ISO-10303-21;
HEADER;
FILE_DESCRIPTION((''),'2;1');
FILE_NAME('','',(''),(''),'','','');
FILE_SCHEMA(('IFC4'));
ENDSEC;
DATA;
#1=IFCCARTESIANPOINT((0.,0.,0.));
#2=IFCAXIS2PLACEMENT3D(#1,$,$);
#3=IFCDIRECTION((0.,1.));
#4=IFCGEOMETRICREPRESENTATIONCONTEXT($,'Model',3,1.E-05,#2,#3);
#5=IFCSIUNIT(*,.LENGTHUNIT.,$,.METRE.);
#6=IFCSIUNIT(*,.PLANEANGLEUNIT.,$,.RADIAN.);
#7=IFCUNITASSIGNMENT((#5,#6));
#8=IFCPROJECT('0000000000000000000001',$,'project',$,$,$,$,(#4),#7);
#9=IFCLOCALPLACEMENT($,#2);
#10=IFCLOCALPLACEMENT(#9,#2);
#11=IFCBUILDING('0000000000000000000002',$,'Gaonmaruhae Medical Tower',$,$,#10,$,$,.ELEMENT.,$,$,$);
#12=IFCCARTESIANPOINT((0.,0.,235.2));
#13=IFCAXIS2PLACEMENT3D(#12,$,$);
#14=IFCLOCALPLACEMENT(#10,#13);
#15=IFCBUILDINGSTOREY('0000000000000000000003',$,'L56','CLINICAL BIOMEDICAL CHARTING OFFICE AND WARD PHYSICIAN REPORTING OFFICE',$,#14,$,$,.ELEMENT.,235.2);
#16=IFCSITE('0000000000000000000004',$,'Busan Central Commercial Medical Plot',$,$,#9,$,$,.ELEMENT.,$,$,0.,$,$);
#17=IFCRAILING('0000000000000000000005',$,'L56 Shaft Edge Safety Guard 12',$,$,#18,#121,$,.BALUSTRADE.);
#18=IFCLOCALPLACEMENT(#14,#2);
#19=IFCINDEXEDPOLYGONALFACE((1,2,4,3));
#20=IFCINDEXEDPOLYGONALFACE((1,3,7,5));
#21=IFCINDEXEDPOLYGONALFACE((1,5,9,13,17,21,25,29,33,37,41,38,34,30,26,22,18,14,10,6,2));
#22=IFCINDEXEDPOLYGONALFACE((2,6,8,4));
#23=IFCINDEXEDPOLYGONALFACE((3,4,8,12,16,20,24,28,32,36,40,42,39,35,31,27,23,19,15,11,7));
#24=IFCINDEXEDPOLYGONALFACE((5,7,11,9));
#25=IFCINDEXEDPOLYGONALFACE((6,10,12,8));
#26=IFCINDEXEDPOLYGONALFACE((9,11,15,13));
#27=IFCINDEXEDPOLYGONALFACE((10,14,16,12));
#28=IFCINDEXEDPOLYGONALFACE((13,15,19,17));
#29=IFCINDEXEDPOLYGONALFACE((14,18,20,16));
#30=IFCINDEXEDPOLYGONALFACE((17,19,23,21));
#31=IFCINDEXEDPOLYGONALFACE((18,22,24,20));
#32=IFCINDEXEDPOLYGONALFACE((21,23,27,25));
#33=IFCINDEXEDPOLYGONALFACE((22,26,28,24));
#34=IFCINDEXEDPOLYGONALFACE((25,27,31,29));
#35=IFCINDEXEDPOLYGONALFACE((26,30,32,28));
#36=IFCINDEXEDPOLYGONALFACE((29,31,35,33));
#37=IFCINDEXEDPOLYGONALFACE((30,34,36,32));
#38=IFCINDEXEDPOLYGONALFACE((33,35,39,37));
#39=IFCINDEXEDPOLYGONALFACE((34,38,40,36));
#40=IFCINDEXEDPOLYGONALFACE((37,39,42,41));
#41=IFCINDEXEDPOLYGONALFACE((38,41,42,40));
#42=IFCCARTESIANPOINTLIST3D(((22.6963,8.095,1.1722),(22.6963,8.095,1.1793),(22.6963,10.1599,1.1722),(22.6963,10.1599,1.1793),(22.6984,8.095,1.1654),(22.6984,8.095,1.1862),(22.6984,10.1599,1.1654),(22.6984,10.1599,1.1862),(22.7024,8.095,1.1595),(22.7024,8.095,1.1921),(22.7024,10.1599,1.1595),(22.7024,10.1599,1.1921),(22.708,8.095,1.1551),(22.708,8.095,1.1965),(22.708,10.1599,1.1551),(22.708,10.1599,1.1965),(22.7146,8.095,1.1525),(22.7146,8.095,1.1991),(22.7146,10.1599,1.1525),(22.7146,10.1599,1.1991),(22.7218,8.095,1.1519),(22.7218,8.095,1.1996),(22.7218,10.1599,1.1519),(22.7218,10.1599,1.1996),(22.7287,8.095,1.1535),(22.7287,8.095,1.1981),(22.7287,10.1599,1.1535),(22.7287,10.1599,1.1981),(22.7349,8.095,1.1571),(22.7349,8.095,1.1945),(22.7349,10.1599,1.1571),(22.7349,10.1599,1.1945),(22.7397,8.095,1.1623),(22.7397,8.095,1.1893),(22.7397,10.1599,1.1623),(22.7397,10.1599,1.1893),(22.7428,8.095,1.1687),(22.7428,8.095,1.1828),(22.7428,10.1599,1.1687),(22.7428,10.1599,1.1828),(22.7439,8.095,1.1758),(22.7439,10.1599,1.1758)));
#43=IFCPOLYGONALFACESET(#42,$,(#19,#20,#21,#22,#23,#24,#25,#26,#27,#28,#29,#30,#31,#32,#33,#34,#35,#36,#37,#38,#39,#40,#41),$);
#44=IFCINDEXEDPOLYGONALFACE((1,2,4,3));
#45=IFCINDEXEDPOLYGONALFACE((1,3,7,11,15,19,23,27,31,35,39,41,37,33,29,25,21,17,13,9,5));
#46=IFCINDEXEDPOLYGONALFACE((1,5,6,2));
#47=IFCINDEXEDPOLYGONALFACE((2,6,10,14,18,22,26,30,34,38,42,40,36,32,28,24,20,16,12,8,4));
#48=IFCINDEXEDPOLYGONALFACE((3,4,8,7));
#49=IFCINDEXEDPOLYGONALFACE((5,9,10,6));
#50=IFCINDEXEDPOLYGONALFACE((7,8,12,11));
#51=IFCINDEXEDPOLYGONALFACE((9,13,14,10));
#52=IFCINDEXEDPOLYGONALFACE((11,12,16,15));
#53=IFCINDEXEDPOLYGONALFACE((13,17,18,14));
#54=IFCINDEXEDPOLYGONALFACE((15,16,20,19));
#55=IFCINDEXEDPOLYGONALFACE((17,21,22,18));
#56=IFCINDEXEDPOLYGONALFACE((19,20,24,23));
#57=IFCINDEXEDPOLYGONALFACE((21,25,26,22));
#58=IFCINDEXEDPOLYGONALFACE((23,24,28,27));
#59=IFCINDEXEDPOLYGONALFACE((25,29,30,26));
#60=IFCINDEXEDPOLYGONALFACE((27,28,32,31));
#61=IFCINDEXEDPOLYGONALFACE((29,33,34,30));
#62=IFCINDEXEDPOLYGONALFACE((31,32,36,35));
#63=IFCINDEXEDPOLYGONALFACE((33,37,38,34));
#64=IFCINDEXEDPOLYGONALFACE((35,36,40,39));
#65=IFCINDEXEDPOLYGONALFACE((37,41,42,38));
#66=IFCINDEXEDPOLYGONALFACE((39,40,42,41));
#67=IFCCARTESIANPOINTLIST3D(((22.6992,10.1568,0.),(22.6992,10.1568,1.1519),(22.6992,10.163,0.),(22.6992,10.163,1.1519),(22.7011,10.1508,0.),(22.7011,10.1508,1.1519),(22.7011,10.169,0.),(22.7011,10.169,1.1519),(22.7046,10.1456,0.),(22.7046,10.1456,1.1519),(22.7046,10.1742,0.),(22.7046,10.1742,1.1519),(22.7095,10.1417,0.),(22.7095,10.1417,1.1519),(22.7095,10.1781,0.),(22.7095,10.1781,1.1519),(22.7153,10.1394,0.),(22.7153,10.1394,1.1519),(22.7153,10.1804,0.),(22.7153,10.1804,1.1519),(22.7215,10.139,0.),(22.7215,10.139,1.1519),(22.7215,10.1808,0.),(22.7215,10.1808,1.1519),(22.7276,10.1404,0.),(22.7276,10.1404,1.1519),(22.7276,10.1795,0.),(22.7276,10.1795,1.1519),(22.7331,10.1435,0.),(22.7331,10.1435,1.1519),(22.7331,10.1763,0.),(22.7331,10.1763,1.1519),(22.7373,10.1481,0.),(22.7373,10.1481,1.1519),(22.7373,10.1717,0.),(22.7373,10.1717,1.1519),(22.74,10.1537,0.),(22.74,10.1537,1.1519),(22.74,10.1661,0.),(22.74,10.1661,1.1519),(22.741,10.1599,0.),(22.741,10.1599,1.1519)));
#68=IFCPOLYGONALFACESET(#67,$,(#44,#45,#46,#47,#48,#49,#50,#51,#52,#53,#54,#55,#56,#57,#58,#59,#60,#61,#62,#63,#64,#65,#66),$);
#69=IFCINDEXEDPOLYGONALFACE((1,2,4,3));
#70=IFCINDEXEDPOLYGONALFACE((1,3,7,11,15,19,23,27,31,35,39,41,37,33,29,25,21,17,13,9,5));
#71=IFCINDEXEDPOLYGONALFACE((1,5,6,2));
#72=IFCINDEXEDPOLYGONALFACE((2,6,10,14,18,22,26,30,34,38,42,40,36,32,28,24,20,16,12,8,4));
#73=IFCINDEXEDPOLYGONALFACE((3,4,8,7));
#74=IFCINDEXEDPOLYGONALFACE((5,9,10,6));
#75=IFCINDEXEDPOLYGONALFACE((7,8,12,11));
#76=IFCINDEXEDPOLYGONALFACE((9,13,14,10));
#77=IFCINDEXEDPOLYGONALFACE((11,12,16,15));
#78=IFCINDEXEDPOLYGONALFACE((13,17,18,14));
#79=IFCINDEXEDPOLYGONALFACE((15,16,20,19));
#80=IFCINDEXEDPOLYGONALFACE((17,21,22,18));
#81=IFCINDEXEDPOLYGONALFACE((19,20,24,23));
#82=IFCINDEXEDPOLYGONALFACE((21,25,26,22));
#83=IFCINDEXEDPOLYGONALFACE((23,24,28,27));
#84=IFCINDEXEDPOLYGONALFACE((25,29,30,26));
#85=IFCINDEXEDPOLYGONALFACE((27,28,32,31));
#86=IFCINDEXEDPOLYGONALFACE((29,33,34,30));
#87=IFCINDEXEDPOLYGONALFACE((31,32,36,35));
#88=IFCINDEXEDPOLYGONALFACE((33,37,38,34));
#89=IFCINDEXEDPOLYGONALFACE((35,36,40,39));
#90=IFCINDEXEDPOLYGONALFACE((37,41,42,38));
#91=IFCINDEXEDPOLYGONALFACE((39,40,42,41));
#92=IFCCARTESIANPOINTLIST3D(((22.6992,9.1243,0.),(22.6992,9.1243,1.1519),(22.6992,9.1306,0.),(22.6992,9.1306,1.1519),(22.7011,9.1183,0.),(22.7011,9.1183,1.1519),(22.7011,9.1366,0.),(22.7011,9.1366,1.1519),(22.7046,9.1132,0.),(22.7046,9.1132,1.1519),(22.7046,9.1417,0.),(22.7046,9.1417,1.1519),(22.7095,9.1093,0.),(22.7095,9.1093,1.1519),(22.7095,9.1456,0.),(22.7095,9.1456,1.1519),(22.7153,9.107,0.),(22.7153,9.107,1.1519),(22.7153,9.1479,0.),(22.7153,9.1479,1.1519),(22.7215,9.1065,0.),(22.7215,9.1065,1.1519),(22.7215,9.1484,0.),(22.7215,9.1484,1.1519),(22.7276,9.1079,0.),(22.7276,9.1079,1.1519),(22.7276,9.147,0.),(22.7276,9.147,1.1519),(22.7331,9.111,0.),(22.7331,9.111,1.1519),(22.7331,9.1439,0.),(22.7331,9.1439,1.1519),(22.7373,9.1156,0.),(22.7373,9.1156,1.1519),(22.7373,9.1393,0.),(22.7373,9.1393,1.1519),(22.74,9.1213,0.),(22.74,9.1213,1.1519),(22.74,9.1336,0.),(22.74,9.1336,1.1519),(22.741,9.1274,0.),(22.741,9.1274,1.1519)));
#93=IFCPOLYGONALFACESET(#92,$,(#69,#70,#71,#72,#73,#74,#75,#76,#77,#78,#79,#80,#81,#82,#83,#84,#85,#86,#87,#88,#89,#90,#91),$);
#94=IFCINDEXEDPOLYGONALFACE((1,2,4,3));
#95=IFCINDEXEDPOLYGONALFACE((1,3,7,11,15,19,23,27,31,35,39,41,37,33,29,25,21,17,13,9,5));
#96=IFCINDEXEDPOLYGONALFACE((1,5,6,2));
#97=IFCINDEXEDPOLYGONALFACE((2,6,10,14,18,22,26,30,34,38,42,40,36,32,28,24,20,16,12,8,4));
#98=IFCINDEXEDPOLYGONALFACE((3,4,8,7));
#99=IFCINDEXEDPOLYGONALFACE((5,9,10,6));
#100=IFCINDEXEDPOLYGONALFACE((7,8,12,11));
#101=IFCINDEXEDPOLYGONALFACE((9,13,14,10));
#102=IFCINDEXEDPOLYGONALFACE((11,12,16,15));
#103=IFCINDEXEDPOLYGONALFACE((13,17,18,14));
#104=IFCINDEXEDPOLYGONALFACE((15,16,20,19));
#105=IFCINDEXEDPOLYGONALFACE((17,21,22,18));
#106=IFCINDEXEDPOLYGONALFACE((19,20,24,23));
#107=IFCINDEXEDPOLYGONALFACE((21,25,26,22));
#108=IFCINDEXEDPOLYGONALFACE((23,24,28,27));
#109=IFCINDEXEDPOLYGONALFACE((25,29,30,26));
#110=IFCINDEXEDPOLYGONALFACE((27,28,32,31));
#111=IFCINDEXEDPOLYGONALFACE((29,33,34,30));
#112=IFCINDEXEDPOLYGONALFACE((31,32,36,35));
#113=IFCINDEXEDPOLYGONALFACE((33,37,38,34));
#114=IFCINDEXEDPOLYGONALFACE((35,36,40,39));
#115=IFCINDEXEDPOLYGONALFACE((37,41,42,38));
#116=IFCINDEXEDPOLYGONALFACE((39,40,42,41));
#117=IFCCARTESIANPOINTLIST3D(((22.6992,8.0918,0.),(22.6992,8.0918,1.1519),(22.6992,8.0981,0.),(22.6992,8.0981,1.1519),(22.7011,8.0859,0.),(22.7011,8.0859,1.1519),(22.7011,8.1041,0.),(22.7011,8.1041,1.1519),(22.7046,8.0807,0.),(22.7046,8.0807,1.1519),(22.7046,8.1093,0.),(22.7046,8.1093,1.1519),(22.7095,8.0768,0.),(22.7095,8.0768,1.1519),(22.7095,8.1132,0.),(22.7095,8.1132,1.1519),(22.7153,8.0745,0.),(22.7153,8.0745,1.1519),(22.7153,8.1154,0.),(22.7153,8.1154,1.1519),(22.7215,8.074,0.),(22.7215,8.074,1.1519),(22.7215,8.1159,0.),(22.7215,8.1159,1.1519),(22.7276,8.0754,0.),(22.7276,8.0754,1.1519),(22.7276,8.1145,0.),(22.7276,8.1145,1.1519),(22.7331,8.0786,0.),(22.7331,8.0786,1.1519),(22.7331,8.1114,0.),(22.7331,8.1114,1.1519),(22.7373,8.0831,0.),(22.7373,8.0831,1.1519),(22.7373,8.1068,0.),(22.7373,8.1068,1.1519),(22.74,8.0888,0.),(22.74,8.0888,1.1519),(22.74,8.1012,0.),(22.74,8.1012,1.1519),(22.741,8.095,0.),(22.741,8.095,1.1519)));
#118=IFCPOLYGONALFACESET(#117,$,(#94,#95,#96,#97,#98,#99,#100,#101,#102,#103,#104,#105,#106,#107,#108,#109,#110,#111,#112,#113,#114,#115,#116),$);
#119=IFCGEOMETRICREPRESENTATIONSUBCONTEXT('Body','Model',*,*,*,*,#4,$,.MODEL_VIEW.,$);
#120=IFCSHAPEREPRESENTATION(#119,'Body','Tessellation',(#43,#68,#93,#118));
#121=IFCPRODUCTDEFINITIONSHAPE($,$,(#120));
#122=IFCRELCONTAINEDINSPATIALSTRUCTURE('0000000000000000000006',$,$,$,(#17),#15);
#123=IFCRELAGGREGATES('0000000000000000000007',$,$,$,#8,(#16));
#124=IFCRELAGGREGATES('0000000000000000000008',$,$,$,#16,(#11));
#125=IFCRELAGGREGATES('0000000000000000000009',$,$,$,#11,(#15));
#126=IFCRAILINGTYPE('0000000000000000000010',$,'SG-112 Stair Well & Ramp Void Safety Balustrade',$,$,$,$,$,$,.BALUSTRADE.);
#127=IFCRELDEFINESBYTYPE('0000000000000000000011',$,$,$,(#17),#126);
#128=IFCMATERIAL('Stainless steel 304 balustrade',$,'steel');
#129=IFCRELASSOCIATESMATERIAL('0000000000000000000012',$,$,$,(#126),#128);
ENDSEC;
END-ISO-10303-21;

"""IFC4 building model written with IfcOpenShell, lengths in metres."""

from ifc_helpers import new_model, si_unit, direction, frame, origin, origin_2d, place, context, subcontext, project, spatial, circle, extrude, material, type_object, element, save


model = new_model("IFC4")

# Units and contexts
model_context = context("Model", 3, precision=1e-05, world=origin(), true_north=direction((0.0, 1.0)))
body_context = subcontext(model_context, "Body", "Model", "MODEL_VIEW")
ifc_project = project(units=[si_unit("LENGTHUNIT", "METRE"), si_unit("PLANEANGLEUNIT", "RADIAN")], contexts=[model_context])

# Site, building, storey
site_placement = place(None, origin())
site = spatial("IfcSite", under=ifc_project, at=site_placement, Name="Busan Central Commercial Medical Plot", CompositionType="ELEMENT", RefElevation=0.0)
building_placement = place(site_placement, origin())
building = spatial("IfcBuilding", under=site, at=building_placement, Name="Gaonmaruhae Medical Tower", CompositionType="ELEMENT")
storey_placement = place(building_placement, frame((0.0, 0.0, 235.2)))
storey = spatial("IfcBuildingStorey", under=building, at=storey_placement, Name="L56", Description="CLINICAL BIOMEDICAL CHARTING OFFICE AND WARD PHYSICIAN REPORTING OFFICE", CompositionType="ELEMENT", Elevation=235.2)

# Railing
ifc_material_1 = material(Name="Stainless steel 304 balustrade", Category="steel")
railing_type_1 = type_object("IfcRailingType", Name="SG-112 Stair Well & Ramp Void Safety Balustrade", PredefinedType="BALUSTRADE", material=ifc_material_1)
railing_1_placement = place(storey_placement, frame((22.72, 10.1599, 0.0)))
element("IfcRailing", 1, at=railing_1_placement, inside=storey, type_object=railing_type_1, Name="L56 Shaft Edge Safety Guard 12", PredefinedType="BALUSTRADE", context=body_context, shape_type="SweptSolid", body=[
    extrude(circle(Radius=0.0239, at=origin_2d()), frame((0.0, 0.0, 1.1758), z_axis=(0.0, -1.0, 0.0), x_axis=(1.0, 0.0, 0.0)), (0.0, 0.0, 1.0), 2.0649),
    extrude(circle(Radius=0.021, at=origin_2d()), origin(), (0.0, 0.0, 1.0), 1.1519),
    extrude(circle(Radius=0.021, at=origin_2d()), frame((0.0, -1.0325, 0.0)), (0.0, 0.0, 1.0), 1.1519),
    extrude(circle(Radius=0.021, at=origin_2d()), frame((0.0, -2.0649, 0.0)), (0.0, 0.0, 1.0), 1.1519),
])

save(model, "model.ifc")
